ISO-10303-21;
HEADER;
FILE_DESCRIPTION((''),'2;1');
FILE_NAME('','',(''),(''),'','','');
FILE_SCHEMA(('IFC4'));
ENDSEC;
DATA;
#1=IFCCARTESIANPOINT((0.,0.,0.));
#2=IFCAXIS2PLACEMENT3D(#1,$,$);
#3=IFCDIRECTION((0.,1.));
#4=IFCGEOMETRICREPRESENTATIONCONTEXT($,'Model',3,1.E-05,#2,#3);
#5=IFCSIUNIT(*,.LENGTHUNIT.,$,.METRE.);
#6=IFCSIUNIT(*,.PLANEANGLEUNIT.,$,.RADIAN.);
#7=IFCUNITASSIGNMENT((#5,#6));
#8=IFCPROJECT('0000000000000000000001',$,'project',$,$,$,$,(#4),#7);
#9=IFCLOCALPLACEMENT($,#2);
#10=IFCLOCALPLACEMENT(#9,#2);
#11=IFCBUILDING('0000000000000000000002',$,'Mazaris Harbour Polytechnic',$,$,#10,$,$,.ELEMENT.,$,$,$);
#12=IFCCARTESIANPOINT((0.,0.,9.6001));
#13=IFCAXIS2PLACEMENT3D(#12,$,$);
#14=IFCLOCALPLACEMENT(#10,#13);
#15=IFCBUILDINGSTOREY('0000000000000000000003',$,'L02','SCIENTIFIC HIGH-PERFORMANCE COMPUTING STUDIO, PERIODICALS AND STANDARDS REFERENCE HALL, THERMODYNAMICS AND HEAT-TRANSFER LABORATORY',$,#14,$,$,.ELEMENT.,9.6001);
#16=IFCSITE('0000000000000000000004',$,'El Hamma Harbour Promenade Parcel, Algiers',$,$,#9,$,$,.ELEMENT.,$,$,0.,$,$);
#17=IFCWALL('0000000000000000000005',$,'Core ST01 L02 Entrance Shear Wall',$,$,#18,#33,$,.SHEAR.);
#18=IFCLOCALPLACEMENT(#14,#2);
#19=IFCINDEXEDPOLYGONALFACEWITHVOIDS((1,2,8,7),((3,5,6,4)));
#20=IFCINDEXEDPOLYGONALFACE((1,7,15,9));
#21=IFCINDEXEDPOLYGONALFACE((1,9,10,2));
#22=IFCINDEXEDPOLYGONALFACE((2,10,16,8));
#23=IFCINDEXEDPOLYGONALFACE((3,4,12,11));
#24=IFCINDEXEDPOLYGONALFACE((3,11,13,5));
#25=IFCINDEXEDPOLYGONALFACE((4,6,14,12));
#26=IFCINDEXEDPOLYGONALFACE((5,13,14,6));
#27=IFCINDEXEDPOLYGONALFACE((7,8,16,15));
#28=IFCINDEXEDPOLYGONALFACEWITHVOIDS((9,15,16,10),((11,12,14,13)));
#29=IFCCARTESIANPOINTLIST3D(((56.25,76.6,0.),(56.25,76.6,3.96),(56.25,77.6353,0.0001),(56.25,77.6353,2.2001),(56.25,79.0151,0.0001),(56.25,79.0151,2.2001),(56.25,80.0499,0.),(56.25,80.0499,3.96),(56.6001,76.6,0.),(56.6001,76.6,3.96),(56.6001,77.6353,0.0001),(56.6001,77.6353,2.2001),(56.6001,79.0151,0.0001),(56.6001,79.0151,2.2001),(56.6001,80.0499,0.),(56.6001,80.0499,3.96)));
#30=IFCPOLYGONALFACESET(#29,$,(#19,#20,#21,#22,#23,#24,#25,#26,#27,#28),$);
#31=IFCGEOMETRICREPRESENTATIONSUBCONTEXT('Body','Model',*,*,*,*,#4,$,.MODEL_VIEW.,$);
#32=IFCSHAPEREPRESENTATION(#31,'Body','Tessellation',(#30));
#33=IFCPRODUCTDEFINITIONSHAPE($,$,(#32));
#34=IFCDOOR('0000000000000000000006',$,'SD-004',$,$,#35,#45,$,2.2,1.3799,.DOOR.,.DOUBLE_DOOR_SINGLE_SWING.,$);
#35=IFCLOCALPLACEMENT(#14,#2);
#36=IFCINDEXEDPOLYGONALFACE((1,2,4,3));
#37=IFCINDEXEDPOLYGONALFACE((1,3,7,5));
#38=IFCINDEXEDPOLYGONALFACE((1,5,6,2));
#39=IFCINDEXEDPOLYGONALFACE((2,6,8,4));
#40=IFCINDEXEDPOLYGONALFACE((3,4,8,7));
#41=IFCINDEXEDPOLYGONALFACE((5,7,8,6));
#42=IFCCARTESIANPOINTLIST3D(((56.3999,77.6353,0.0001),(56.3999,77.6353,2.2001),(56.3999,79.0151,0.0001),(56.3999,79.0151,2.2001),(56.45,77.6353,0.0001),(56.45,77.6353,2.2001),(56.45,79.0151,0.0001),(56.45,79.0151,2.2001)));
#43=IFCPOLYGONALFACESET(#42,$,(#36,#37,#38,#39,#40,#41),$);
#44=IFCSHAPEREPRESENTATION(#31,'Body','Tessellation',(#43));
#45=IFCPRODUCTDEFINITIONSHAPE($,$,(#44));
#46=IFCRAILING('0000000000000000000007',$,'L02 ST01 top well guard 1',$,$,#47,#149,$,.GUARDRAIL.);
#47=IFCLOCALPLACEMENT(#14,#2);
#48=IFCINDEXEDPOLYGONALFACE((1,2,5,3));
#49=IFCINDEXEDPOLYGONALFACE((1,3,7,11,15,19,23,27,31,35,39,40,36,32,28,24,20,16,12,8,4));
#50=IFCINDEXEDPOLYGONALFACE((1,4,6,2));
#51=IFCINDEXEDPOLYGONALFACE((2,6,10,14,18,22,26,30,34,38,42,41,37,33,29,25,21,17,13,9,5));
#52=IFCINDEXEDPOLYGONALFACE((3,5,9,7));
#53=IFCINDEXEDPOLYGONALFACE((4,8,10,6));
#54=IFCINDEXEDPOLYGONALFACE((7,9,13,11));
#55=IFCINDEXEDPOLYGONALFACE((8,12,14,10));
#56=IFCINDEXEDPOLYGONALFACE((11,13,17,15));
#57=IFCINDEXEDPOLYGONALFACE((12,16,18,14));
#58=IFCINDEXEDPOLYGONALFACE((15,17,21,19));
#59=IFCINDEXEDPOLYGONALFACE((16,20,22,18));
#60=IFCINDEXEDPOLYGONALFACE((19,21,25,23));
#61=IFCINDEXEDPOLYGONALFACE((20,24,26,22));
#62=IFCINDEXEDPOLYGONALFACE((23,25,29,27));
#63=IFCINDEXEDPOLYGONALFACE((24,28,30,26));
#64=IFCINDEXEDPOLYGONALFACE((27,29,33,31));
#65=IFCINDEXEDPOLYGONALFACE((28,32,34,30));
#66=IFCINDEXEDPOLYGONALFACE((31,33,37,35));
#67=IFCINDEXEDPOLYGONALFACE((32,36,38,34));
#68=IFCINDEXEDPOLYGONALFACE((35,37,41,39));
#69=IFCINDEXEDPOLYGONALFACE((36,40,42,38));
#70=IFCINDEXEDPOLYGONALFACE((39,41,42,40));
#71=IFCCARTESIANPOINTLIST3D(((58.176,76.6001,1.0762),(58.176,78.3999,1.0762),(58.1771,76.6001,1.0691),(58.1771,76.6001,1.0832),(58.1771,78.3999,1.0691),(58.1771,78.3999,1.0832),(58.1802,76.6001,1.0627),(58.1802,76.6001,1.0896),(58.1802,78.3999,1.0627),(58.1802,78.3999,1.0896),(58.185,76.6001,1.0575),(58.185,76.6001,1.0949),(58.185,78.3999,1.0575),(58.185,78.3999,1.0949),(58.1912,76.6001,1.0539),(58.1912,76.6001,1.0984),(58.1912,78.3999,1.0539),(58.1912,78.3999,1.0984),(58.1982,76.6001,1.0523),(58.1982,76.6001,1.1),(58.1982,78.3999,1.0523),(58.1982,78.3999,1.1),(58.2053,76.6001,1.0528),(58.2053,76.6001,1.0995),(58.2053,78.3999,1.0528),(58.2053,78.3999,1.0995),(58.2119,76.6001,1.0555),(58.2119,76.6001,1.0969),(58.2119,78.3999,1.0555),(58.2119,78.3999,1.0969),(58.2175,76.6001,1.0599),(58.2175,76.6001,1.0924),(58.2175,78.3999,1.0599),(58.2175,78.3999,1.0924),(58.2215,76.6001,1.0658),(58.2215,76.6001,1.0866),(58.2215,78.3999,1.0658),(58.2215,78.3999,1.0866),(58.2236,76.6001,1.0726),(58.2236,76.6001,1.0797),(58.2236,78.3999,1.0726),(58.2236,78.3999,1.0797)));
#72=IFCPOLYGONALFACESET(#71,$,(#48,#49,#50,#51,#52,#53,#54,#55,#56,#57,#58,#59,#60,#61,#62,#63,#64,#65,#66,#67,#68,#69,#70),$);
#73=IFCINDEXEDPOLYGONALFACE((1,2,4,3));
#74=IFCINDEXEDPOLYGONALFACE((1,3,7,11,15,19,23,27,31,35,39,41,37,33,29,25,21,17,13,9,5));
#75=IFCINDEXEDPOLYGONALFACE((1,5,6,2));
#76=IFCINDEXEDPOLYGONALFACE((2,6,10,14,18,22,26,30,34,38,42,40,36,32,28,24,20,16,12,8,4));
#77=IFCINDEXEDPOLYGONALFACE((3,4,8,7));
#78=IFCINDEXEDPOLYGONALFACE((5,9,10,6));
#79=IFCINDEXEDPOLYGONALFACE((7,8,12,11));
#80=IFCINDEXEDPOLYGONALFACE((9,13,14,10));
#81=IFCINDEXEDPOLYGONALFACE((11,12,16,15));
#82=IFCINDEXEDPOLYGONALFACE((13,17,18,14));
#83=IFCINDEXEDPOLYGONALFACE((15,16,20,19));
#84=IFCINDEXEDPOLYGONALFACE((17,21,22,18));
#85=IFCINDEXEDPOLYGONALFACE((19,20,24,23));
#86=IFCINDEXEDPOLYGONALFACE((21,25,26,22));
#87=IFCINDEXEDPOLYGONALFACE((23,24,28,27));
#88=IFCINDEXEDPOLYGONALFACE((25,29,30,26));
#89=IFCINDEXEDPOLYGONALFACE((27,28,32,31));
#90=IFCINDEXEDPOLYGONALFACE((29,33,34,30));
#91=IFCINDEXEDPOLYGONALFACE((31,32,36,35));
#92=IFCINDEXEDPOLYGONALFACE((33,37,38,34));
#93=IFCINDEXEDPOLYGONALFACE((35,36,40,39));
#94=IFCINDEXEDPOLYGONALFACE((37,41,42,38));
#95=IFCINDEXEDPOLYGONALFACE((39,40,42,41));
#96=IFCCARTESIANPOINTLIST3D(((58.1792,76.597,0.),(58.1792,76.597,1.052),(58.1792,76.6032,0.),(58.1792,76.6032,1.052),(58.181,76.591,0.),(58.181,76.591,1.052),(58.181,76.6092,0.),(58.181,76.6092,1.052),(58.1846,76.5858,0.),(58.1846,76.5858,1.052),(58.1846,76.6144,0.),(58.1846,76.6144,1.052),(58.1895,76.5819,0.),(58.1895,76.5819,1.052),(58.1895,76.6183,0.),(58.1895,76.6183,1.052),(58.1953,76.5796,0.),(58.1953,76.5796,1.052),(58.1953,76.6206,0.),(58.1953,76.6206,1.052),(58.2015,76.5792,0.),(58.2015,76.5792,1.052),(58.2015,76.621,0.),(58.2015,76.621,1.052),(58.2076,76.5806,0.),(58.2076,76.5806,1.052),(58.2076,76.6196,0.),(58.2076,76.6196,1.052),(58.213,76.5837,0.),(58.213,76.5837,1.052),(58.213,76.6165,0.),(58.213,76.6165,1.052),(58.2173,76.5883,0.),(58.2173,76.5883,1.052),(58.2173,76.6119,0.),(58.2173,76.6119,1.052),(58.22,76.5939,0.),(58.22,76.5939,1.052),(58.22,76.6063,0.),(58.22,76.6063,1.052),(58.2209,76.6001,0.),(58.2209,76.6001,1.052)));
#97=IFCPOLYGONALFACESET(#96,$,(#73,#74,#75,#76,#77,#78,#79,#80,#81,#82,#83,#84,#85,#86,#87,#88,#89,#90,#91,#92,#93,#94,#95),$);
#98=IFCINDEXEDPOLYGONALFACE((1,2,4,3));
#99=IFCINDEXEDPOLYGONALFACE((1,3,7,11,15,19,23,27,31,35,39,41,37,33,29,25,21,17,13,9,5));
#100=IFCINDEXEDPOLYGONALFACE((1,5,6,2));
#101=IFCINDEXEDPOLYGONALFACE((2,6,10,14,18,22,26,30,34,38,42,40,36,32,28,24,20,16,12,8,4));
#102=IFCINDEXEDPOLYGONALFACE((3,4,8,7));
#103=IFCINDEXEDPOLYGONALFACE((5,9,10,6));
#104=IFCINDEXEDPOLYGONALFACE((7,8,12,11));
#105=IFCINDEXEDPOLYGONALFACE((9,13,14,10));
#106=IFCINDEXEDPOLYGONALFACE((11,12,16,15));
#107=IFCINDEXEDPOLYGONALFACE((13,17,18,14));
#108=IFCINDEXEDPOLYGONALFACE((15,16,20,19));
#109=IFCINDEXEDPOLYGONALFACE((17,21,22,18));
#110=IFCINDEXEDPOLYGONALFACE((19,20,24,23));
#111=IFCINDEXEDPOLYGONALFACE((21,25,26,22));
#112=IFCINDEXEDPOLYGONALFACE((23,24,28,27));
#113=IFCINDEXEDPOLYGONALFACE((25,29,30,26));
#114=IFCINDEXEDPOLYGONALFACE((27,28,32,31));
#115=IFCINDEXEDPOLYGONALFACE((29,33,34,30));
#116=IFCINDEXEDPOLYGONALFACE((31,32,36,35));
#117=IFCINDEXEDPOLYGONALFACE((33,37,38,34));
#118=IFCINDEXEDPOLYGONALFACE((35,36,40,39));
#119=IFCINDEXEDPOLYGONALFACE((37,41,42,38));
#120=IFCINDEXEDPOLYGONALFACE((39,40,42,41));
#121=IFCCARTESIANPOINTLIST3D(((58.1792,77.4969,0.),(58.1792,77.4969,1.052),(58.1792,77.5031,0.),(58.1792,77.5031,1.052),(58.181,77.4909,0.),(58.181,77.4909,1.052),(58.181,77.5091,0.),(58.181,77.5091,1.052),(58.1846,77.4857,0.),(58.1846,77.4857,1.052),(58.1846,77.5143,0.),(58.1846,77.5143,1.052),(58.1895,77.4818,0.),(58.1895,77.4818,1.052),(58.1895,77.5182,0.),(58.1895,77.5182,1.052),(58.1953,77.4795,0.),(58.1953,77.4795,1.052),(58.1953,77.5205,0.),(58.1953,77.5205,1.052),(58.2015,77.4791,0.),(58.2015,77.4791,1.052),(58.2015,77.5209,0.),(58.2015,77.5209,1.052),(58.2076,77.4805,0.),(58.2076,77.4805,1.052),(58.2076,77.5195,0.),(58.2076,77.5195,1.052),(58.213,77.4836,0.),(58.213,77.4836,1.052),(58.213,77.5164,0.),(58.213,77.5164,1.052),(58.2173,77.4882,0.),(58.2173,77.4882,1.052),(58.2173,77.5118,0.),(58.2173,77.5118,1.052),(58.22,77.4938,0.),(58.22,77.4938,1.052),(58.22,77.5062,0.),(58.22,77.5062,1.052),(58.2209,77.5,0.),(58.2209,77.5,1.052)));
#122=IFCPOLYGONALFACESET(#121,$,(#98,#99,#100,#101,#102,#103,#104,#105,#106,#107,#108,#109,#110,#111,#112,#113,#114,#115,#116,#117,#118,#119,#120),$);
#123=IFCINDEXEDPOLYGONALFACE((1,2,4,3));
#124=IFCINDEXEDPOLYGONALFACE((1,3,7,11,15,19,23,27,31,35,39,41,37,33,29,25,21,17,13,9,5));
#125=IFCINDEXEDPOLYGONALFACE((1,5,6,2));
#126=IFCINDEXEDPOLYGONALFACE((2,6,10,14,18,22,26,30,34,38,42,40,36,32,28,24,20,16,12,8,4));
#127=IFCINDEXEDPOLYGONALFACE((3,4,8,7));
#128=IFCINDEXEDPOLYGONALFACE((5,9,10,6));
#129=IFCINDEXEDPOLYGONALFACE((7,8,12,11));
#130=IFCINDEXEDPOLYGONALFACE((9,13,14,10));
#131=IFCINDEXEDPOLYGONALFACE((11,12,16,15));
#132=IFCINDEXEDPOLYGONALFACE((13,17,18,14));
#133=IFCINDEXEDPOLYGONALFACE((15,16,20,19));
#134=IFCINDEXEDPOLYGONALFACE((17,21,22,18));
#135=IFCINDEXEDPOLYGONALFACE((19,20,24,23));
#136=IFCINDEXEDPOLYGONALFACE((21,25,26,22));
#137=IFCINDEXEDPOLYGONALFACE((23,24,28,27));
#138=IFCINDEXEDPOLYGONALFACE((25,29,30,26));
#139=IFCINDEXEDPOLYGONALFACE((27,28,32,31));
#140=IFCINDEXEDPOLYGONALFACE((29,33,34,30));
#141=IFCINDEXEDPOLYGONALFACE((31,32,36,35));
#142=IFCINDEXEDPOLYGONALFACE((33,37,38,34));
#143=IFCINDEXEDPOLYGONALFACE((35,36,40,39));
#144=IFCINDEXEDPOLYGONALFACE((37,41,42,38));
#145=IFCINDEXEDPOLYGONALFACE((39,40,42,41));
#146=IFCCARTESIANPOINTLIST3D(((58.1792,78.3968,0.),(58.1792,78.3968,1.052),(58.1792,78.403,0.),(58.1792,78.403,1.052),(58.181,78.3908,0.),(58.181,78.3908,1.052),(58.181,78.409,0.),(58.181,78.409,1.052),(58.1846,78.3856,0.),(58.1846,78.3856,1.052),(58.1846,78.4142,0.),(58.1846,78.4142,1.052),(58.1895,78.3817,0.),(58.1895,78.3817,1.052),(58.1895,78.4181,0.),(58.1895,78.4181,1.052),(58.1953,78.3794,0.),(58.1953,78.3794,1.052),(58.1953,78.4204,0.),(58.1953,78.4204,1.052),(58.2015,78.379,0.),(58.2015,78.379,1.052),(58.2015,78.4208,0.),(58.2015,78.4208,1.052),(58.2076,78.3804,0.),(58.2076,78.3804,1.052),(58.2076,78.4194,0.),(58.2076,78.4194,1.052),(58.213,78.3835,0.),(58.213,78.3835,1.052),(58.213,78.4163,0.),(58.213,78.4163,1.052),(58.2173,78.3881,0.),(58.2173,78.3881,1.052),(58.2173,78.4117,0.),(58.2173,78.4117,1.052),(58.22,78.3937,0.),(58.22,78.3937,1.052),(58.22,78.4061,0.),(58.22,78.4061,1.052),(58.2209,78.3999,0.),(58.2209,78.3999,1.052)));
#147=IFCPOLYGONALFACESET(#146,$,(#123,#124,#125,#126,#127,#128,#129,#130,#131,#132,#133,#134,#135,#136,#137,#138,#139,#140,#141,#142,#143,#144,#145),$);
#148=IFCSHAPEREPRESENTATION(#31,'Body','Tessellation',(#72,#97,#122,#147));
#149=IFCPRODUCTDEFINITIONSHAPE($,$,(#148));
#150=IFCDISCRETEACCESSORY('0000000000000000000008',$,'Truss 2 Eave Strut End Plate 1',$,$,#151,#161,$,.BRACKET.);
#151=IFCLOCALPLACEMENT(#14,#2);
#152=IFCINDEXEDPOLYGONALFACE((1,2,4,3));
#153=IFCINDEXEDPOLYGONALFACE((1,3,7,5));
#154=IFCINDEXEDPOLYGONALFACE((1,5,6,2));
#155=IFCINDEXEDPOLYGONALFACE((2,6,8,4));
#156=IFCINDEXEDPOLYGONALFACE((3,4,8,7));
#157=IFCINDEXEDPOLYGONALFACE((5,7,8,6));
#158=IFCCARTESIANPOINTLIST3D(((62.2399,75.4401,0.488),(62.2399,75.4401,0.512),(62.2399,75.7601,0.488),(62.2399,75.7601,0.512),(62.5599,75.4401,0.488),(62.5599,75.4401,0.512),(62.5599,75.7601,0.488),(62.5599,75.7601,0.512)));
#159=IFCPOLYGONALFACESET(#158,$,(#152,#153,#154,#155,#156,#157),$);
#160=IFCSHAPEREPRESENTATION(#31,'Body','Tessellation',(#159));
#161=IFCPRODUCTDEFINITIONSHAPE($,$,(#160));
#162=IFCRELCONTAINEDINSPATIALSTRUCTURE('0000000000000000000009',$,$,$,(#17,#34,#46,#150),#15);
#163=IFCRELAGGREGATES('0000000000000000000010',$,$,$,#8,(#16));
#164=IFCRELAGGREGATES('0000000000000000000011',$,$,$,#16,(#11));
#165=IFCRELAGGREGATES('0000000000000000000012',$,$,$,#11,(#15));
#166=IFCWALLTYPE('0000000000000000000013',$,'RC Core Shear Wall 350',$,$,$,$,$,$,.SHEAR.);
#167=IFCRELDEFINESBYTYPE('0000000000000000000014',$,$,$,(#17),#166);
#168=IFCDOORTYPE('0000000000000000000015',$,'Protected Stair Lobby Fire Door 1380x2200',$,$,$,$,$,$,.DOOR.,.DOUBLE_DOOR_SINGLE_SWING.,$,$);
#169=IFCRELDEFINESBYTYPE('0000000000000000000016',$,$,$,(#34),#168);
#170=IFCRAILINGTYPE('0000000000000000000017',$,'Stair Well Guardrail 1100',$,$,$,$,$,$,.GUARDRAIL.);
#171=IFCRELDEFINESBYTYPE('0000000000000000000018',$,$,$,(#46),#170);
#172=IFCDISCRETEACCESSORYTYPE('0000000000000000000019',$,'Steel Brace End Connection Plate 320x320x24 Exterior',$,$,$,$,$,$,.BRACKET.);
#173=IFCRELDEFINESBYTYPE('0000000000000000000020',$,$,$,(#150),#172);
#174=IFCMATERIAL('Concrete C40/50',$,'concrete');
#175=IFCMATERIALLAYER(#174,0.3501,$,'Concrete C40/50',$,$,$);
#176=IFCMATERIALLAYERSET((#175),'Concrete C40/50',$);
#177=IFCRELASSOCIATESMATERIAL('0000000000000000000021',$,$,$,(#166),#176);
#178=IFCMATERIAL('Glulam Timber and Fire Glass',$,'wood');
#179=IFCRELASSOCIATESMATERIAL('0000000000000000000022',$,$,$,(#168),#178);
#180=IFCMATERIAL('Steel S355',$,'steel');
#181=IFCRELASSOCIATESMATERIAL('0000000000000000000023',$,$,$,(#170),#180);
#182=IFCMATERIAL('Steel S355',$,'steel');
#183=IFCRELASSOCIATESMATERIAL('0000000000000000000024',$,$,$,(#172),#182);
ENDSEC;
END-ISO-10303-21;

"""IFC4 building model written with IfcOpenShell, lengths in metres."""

from ifc_helpers import new_model, si_unit, direction, frame, frame_2d, origin, origin_2d, place, context, subcontext, project, spatial, rectangle, circle, extrude, material, layer, layer_set, type_object, element, fill, save


model = new_model("IFC4")

# Units and contexts
model_context = context("Model", 3, precision=1e-05, world=origin(), true_north=direction((0.0, 1.0)))
body_context = subcontext(model_context, "Body", "Model", "MODEL_VIEW")
ifc_project = project(units=[si_unit("LENGTHUNIT", "METRE"), si_unit("PLANEANGLEUNIT", "RADIAN")], contexts=[model_context])

# Site, building, storey
site_placement = place(None, origin())
site = spatial("IfcSite", under=ifc_project, at=site_placement, Name="El Hamma Harbour Promenade Parcel, Algiers", CompositionType="ELEMENT", RefElevation=0.0)
building_placement = place(site_placement, origin())
building = spatial("IfcBuilding", under=site, at=building_placement, Name="Mazaris Harbour Polytechnic", CompositionType="ELEMENT")
storey_placement = place(building_placement, frame((0.0, 0.0, 9.6001)))
storey = spatial("IfcBuildingStorey", under=building, at=storey_placement, Name="L02", Description="SCIENTIFIC HIGH-PERFORMANCE COMPUTING STUDIO, PERIODICALS AND STANDARDS REFERENCE HALL, THERMODYNAMICS AND HEAT-TRANSFER LABORATORY", CompositionType="ELEMENT", Elevation=9.6001)

# Shared definitions
ifc_material_1 = material(Name="Concrete C40/50", Category="concrete")
ifc_layer_1 = layer(ifc_material_1, 0.3501, Name="Concrete C40/50")
ifc_layer_set_1 = layer_set([ifc_layer_1], Name="Concrete C40/50")
wall_type = type_object("IfcWallType", Name="RC Core Shear Wall 350", PredefinedType="SHEAR", material=ifc_layer_set_1)

# Wall, opening, door
wall_1_placement = place(storey_placement, frame((56.425, 80.05, 0.0), z_axis=(0.0, 0.0, 1.0), x_axis=(0.0, -1.0, 0.0)))
wall_1 = element("IfcWall", 1, at=wall_1_placement, inside=storey, type_object=wall_type, Name="Core ST01 L02 Entrance Shear Wall", PredefinedType="SHEAR", context=body_context, shape_type="SweptSolid", body=[
    extrude(rectangle(XDim=3.45, YDim=0.3501, at=frame_2d((1.7251, 0.0))), origin(), (0.0, 0.0, 1.0), 3.96),
])
opening_placement = place(wall_1_placement, frame((1.0349, 0.0, 0.0)))
opening = element("IfcOpeningElement", 2, at=opening_placement, cuts=wall_1, PredefinedType="OPENING", context=body_context, shape_type="SweptSolid", body=[
    extrude(rectangle(XDim=1.3799, YDim=2.2, at=frame_2d((0.6899, 1.1001))), frame((0.0, 0.1851, 0.0), z_axis=(0.0, -1.0, 0.0), x_axis=(1.0, 0.0, 0.0)), (0.0, 0.0, 1.0), 0.3701),
])
ifc_material_2 = material(Name="Glulam Timber and Fire Glass", Category="wood")
door_type = type_object("IfcDoorType", Name="Protected Stair Lobby Fire Door 1380x2200", OperationType="DOUBLE_DOOR_SINGLE_SWING", PredefinedType="DOOR", material=ifc_material_2)
door_placement = place(opening_placement, origin())
door = element("IfcDoor", 3, at=door_placement, inside=storey, type_object=door_type, Name="SD-004", OperationType="DOUBLE_DOOR_SINGLE_SWING", OverallHeight=2.2, OverallWidth=1.3799, PredefinedType="DOOR", context=body_context, shape_type="SweptSolid", body=[
    extrude(rectangle(XDim=1.3799, YDim=2.2, at=frame_2d((0.6899, 1.1001))), frame((0.0, 0.0249, 0.0), z_axis=(0.0, -1.0, 0.0), x_axis=(1.0, 0.0, 0.0)), (0.0, 0.0, 1.0), 0.05),
])
fill(opening, door)

# Railing
ifc_material_3 = material(Name="Steel S355", Category="steel")
railing_type = type_object("IfcRailingType", Name="Stair Well Guardrail 1100", PredefinedType="GUARDRAIL", material=ifc_material_3)
railing_placement = place(storey_placement, frame((58.2, 76.6001, 0.0)))
element("IfcRailing", 4, at=railing_placement, inside=storey, type_object=railing_type, Name="L02 ST01 top well guard 1", PredefinedType="GUARDRAIL", context=body_context, shape_type="SweptSolid", body=[
    extrude(circle(Radius=0.0239, at=origin_2d()), frame((0.0, 0.0, 1.0762), z_axis=(0.0, 1.0, 0.0), x_axis=(-1.0, 0.0, 0.0)), (0.0, 0.0, 1.0), 1.7998),
    extrude(circle(Radius=0.021, at=origin_2d()), origin(), (0.0, 0.0, 1.0), 1.052),
    extrude(circle(Radius=0.021, at=origin_2d()), frame((0.0, 0.8999, 0.0)), (0.0, 0.0, 1.0), 1.052),
    extrude(circle(Radius=0.021, at=origin_2d()), frame((0.0, 1.7998, 0.0)), (0.0, 0.0, 1.0), 1.052),
])

# Discrete accessory
ifc_material_4 = material(Name="Steel S355", Category="steel")
discrete_accessory_type = type_object("IfcDiscreteAccessoryType", Name="Steel Brace End Connection Plate 320x320x24 Exterior", PredefinedType="BRACKET", material=ifc_material_4)
discrete_accessory_placement = place(storey_placement, frame((62.3999, 75.6001, 0.488), z_axis=(0.0, 0.0, 1.0), x_axis=(1.0, 0.0, 0.0)))
element("IfcDiscreteAccessory", 5, at=discrete_accessory_placement, inside=storey, type_object=discrete_accessory_type, Name="Truss 2 Eave Strut End Plate 1", PredefinedType="BRACKET", context=body_context, shape_type="SweptSolid", body=[
    extrude(rectangle(XDim=0.3201, YDim=0.3201, at=origin_2d()), origin(), (0.0, 0.0, 1.0), 0.0239),
])

save(model, "model.ifc")
